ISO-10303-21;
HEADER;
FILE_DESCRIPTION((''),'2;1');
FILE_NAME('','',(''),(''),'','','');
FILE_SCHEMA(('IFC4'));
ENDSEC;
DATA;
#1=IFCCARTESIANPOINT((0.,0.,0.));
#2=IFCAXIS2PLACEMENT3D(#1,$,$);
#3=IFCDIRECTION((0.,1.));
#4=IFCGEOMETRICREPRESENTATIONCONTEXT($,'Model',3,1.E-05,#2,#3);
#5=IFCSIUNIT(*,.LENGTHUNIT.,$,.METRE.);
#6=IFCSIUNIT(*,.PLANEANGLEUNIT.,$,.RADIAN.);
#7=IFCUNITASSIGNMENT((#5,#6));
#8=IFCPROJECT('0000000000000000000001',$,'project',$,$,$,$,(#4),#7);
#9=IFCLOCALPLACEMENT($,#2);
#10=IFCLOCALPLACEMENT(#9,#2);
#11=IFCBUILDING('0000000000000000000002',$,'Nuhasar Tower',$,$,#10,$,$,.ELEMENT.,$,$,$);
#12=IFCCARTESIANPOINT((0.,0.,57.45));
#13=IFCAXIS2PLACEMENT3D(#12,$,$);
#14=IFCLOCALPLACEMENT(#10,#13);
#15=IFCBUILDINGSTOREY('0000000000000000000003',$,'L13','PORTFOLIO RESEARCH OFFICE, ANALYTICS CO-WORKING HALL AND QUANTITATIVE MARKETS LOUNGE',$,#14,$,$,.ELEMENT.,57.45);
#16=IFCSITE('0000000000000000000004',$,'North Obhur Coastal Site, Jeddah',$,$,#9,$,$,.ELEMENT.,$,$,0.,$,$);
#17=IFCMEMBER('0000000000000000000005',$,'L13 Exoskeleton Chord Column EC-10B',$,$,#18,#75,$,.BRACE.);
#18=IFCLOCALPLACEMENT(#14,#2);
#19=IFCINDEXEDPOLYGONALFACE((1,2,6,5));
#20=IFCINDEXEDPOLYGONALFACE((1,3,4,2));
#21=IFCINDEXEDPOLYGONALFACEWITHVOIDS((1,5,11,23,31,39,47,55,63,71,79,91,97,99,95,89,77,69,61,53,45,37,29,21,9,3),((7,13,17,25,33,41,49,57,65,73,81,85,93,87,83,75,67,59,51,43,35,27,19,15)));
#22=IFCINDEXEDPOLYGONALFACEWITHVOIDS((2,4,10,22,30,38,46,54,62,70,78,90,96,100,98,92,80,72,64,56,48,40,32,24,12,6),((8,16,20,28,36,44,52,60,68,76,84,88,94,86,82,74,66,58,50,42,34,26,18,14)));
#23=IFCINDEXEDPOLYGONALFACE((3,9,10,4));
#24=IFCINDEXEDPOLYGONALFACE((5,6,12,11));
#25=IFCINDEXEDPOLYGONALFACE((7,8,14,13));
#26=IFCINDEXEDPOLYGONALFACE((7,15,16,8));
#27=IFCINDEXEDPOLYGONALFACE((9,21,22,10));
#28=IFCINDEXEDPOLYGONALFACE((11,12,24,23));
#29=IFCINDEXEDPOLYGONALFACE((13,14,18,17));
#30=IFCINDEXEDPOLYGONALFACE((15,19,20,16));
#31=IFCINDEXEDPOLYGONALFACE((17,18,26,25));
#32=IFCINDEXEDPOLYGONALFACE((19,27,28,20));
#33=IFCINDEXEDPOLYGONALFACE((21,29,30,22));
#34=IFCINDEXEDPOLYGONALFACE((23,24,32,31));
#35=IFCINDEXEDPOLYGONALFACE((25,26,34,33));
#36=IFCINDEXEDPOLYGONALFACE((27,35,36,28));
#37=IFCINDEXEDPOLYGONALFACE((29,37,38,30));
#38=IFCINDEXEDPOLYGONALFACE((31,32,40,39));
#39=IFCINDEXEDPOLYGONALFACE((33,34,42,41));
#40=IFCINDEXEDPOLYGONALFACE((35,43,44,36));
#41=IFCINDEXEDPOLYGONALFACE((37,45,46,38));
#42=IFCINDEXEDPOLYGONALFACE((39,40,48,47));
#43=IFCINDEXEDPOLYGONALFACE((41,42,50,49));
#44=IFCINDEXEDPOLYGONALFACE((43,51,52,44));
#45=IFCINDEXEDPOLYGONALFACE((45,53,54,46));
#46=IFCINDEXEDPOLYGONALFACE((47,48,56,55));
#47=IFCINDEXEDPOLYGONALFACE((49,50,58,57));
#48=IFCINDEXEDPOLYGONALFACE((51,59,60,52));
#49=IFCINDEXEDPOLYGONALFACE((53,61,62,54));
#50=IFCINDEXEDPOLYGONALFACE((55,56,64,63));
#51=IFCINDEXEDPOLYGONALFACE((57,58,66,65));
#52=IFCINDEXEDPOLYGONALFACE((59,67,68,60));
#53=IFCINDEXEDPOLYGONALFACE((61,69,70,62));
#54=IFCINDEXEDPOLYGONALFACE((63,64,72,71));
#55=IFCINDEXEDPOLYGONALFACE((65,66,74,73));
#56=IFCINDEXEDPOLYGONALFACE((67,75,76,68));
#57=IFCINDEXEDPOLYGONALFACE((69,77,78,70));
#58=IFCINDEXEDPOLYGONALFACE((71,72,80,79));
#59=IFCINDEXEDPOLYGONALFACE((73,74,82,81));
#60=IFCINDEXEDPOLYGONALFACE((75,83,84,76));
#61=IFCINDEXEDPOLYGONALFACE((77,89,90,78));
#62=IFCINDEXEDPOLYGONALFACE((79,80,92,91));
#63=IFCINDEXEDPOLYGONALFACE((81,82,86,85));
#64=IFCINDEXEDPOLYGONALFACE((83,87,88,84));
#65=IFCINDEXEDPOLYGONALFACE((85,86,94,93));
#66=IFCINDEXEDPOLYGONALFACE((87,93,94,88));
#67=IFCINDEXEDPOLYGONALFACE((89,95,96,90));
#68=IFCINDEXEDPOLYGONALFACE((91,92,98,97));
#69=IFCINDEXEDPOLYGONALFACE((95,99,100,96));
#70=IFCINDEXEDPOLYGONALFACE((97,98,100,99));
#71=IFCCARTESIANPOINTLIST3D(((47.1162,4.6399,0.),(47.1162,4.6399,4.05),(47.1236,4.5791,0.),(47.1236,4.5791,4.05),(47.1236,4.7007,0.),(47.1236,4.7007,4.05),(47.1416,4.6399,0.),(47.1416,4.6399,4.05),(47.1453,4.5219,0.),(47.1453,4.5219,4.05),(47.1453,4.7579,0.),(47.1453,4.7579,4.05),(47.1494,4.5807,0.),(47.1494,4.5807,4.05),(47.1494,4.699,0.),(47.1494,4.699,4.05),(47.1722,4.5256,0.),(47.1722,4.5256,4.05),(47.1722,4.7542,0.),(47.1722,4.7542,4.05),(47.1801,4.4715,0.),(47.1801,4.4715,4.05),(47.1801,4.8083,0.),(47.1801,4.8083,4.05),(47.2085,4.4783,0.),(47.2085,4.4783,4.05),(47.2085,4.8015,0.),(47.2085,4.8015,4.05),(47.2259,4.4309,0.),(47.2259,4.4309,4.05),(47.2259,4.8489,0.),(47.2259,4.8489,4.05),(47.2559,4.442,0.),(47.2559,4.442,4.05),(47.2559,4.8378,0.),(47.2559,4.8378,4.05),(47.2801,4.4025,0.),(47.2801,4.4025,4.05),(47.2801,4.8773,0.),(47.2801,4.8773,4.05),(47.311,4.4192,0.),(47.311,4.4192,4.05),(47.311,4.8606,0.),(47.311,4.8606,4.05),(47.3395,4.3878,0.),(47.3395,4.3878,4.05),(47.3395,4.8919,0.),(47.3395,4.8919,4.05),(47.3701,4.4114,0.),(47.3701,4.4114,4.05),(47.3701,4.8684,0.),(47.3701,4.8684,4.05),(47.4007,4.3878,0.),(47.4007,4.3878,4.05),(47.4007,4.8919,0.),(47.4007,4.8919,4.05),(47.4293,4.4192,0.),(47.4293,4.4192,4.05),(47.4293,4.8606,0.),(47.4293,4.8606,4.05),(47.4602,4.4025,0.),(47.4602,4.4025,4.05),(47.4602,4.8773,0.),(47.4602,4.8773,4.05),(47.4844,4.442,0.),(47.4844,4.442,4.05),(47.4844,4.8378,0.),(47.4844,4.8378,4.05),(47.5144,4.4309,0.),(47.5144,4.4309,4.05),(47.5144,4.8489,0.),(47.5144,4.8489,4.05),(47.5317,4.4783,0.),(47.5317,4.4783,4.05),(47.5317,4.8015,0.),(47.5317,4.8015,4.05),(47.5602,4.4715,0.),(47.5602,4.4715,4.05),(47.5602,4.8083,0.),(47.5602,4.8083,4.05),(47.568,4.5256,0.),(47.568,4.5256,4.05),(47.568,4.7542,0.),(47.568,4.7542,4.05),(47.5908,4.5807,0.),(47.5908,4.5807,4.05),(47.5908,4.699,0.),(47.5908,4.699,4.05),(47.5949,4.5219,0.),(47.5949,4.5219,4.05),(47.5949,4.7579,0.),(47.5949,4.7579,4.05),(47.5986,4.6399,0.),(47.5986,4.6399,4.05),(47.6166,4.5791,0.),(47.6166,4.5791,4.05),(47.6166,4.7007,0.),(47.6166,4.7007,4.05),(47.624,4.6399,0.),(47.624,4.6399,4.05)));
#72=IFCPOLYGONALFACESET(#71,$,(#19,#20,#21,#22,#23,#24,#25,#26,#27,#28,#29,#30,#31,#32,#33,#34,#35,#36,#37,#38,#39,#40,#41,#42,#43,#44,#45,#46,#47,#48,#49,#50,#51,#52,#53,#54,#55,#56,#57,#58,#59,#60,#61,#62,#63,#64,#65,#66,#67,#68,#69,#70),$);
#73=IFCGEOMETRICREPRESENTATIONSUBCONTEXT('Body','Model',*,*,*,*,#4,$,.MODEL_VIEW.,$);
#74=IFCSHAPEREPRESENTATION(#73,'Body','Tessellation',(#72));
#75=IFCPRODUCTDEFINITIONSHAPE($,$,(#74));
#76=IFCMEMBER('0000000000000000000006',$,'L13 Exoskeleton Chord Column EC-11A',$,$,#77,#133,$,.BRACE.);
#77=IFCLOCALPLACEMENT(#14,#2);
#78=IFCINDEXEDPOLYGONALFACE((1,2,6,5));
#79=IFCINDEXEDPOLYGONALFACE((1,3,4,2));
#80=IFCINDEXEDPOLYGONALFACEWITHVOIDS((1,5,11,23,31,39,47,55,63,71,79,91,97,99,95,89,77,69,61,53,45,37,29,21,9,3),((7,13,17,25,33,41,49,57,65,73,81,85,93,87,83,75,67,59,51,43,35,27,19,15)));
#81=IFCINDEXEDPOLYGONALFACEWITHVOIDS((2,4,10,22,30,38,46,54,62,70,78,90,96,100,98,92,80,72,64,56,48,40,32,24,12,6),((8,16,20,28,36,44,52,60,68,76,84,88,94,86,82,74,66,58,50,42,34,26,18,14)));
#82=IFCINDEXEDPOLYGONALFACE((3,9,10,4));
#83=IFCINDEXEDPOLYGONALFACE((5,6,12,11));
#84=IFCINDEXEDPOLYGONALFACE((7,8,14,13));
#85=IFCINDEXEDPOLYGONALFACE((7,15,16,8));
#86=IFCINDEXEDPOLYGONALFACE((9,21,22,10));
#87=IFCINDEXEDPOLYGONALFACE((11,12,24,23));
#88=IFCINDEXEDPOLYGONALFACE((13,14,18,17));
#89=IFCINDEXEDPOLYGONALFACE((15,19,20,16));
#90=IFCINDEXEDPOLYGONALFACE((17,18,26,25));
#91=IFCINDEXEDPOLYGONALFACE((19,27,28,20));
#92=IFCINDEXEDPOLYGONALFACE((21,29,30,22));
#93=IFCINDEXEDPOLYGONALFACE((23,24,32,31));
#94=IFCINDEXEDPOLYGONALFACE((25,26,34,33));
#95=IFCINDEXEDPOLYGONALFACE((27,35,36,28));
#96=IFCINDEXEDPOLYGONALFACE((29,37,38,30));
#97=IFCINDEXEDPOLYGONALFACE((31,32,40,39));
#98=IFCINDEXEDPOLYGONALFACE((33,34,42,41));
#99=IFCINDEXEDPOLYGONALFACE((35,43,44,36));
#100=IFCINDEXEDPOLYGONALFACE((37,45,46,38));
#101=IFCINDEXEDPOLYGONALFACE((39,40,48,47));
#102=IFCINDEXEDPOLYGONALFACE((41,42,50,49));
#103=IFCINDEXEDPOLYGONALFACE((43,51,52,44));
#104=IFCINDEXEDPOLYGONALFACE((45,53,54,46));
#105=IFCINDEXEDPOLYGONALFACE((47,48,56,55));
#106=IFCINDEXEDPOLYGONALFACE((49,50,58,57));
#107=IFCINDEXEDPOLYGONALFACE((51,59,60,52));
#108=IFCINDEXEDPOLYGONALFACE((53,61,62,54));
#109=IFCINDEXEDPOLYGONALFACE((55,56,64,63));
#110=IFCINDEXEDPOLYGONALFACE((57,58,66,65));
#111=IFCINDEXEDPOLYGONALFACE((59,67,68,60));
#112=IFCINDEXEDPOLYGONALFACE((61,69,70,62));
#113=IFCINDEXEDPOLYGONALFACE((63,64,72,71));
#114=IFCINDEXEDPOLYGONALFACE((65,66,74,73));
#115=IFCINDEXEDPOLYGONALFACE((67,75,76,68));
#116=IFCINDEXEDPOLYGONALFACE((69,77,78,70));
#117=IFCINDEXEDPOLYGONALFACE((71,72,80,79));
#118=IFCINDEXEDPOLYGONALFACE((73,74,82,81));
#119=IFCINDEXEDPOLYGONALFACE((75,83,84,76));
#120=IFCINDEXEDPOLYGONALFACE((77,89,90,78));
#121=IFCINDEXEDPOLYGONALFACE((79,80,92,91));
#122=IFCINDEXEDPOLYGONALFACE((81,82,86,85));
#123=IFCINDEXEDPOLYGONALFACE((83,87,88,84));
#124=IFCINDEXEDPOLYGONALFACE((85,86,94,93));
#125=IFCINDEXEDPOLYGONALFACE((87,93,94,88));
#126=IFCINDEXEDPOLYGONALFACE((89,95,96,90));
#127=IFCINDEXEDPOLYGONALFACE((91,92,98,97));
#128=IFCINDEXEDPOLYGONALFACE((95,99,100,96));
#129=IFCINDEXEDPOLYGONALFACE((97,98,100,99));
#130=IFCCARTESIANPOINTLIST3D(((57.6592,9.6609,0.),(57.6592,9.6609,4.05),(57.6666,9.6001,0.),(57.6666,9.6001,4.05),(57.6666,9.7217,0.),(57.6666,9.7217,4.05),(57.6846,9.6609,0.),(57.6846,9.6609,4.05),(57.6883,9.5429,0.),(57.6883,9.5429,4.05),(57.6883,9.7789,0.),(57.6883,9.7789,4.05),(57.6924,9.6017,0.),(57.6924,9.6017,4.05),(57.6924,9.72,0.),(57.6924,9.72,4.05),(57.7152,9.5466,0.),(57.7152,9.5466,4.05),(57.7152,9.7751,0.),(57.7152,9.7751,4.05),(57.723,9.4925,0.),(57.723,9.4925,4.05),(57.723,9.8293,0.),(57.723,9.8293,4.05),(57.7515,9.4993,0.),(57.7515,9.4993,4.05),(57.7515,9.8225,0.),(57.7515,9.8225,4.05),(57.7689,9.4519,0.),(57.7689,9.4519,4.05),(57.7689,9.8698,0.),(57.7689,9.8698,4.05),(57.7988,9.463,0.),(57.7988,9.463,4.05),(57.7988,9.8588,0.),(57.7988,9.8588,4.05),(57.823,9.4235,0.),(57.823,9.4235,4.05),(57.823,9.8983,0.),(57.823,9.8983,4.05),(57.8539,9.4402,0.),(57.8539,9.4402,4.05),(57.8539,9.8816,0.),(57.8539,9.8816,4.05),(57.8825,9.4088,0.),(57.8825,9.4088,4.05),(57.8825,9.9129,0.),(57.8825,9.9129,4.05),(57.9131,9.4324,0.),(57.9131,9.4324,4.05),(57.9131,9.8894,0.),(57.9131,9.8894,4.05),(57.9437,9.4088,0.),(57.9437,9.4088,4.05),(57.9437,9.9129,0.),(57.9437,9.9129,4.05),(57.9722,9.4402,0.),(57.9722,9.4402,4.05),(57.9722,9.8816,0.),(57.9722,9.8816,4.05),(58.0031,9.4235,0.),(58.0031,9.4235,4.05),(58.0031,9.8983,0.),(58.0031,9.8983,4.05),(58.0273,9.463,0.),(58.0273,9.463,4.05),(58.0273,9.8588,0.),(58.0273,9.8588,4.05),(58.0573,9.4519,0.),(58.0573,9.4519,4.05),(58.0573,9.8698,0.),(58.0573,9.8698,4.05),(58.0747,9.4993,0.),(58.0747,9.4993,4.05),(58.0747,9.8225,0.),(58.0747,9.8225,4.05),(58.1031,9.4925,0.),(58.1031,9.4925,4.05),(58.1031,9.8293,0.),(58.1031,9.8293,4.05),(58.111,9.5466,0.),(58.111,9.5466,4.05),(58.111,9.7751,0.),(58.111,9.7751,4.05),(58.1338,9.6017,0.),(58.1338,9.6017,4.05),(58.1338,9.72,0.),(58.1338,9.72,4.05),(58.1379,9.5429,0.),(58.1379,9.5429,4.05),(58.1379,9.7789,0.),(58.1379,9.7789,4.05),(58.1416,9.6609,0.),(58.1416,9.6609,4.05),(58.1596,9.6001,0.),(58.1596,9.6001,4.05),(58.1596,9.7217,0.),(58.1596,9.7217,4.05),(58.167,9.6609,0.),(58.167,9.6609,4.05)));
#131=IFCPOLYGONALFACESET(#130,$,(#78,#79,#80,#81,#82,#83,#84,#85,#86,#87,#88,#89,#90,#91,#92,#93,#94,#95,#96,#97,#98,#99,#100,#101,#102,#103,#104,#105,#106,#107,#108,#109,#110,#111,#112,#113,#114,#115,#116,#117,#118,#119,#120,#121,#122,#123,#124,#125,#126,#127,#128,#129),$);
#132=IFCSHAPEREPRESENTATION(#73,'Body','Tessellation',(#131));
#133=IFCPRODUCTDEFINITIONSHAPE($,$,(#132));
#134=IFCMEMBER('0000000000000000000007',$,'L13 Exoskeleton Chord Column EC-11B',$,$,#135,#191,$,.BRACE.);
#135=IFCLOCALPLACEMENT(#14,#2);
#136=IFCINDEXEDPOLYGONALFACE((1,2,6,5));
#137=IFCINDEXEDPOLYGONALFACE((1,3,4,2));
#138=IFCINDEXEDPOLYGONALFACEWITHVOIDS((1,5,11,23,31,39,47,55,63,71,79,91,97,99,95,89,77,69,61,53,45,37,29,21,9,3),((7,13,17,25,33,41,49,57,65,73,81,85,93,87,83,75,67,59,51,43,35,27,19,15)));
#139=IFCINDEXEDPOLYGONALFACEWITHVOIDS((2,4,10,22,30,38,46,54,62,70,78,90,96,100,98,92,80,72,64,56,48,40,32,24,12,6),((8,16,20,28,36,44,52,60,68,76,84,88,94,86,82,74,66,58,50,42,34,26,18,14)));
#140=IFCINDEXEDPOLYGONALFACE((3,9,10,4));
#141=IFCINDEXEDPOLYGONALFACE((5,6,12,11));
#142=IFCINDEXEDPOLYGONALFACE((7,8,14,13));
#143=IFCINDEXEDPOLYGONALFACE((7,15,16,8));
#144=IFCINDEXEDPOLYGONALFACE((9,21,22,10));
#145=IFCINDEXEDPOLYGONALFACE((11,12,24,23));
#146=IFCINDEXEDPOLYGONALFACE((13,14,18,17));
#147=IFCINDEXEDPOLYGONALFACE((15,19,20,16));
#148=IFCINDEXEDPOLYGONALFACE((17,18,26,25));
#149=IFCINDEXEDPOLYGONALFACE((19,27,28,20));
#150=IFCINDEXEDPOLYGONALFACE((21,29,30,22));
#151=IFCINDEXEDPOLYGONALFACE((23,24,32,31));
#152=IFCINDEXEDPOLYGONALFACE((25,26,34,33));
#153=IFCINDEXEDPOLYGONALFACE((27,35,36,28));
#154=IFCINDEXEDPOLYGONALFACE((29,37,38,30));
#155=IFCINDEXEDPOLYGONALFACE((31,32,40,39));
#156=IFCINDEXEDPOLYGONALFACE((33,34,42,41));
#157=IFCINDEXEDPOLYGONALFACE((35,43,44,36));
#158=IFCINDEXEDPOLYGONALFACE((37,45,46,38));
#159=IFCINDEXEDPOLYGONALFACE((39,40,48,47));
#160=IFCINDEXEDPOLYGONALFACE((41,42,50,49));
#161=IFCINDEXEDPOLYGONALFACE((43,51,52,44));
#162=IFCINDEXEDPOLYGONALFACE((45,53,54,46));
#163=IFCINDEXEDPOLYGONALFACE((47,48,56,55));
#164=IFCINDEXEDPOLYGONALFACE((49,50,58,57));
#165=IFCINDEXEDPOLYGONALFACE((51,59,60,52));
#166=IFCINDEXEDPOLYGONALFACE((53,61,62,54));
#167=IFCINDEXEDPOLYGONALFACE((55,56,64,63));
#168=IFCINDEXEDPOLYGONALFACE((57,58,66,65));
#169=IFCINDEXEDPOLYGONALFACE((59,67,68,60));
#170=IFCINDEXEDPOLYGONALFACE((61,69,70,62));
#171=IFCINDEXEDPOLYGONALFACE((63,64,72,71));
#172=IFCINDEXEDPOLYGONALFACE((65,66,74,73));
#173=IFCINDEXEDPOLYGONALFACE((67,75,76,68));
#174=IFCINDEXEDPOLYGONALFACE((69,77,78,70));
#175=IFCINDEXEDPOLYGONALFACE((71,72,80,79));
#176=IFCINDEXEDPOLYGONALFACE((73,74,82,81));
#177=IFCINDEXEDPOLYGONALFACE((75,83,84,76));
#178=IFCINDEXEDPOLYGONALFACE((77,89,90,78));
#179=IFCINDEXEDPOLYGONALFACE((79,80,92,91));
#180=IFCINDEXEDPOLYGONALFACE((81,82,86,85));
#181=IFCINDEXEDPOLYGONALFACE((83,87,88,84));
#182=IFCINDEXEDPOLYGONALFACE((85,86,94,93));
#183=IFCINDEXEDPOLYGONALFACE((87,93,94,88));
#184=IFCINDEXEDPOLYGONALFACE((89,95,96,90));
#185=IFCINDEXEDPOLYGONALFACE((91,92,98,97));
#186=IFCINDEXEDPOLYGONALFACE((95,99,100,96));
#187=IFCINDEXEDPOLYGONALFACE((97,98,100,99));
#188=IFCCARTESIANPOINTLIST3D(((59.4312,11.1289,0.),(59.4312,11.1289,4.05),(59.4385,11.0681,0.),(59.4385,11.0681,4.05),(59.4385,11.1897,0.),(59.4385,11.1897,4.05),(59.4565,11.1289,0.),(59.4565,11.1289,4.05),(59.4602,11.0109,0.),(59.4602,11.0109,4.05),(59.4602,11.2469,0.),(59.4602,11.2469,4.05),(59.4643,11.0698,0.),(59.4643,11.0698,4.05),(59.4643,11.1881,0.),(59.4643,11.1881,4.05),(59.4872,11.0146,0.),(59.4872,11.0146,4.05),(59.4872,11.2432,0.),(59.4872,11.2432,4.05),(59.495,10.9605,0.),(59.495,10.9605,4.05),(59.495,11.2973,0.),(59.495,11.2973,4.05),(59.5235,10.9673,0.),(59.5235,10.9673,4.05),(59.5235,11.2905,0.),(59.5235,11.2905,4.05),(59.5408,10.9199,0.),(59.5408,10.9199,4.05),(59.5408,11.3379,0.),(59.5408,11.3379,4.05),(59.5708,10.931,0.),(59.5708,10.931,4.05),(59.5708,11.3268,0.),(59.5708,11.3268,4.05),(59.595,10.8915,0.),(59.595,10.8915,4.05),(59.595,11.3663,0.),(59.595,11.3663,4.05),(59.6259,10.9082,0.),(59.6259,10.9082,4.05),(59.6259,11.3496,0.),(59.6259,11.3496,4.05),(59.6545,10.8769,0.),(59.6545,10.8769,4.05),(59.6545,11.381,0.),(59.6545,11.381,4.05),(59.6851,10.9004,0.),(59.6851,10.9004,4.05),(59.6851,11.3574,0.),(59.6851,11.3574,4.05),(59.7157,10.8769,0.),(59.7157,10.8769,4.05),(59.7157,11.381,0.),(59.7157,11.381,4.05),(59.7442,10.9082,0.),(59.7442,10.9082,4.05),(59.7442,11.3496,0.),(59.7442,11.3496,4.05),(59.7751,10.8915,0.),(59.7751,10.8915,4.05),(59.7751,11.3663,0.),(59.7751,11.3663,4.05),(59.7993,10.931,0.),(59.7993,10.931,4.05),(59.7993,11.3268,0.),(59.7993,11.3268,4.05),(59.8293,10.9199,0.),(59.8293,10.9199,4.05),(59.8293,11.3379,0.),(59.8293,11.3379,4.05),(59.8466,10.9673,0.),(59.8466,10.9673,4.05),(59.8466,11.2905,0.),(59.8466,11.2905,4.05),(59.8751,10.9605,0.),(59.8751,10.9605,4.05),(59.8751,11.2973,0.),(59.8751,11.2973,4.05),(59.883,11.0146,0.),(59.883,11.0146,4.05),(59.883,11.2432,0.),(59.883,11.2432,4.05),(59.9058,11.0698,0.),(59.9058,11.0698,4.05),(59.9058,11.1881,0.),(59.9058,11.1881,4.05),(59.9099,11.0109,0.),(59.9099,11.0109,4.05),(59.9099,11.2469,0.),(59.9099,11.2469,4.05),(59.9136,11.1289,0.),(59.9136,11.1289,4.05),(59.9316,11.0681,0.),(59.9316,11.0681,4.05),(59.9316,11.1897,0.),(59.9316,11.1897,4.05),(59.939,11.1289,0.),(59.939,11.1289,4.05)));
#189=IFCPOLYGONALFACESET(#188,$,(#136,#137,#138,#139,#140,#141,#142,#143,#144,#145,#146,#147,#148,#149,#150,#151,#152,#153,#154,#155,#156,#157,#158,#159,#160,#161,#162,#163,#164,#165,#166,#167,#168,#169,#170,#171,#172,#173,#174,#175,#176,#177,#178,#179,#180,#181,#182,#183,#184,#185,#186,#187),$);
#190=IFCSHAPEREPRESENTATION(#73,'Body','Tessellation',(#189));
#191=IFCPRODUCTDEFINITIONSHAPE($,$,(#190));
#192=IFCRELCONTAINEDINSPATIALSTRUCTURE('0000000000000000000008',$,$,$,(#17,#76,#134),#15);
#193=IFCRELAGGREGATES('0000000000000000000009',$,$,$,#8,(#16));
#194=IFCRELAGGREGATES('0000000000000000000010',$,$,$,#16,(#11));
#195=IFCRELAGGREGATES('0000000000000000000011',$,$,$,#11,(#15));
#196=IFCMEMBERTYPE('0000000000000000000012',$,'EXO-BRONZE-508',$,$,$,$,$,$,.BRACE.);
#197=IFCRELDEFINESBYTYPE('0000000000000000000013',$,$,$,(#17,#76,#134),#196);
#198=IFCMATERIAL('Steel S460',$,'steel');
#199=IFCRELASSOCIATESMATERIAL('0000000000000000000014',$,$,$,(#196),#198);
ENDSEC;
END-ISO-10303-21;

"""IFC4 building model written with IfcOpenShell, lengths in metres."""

from ifc_helpers import new_model, si_unit, direction, frame, origin, origin_2d, place, context, subcontext, project, spatial, hollow_circle, extrude, material, material_profile, profile_set, type_object, element, save


model = new_model("IFC4")

# Units and contexts
model_context = context("Model", 3, precision=1e-05, world=origin(), true_north=direction((0.0, 1.0)))
body_context = subcontext(model_context, "Body", "Model", "MODEL_VIEW")
ifc_project = project(units=[si_unit("LENGTHUNIT", "METRE"), si_unit("PLANEANGLEUNIT", "RADIAN")], contexts=[model_context])

# Site, building, storey
site_placement = place(None, origin())
site = spatial("IfcSite", under=ifc_project, at=site_placement, Name="North Obhur Coastal Site, Jeddah", CompositionType="ELEMENT", RefElevation=0.0)
building_placement = place(site_placement, origin())
building = spatial("IfcBuilding", under=site, at=building_placement, Name="Nuhasar Tower", CompositionType="ELEMENT")
storey_placement = place(building_placement, frame((0.0, 0.0, 57.45)))
storey = spatial("IfcBuildingStorey", under=building, at=storey_placement, Name="L13", Description="PORTFOLIO RESEARCH OFFICE, ANALYTICS CO-WORKING HALL AND QUANTITATIVE MARKETS LOUNGE", CompositionType="ELEMENT", Elevation=57.45)

# Members
ifc_material_1 = material(Name="Steel S460", Category="steel")
ifc_material_profile_1 = material_profile(ifc_material_1, hollow_circle(Radius=0.2539, WallThickness=0.0254, at=origin_2d()), Name="HSS508X25.4")
ifc_profile_set_1 = profile_set([ifc_material_profile_1], Name="Steel S460")
member_type_1 = type_object("IfcMemberType", Name="EXO-BRONZE-508", PredefinedType="BRACE", material=ifc_profile_set_1)
for number, where, z_axis, x_axis, name in (
    (1, (47.3701, 4.6399, 0.0), (0.0, 0.0, 1.0), (1.0, 0.0, 0.0), "L13 Exoskeleton Chord Column EC-10B"),
    (2, (57.9131, 9.6609, 0.0), (0.0, 0.0, 1.0), (1.0, 0.0, 0.0), "L13 Exoskeleton Chord Column EC-11A"),
    (3, (59.6851, 11.1289, 0.0), (0.0, 0.0, 1.0), (1.0, 0.0, 0.0), "L13 Exoskeleton Chord Column EC-11B"),
):
    element("IfcMember", number, at=place(storey_placement, frame(where, z_axis=z_axis, x_axis=x_axis)), inside=storey, type_object=member_type_1, Name=name, PredefinedType="BRACE", context=body_context, shape_type="SweptSolid", body=[
        extrude(hollow_circle(Radius=0.2539, WallThickness=0.0254, at=origin_2d()), origin(), (0.0, 0.0, 1.0), 4.05),
    ])

save(model, "model.ifc")
